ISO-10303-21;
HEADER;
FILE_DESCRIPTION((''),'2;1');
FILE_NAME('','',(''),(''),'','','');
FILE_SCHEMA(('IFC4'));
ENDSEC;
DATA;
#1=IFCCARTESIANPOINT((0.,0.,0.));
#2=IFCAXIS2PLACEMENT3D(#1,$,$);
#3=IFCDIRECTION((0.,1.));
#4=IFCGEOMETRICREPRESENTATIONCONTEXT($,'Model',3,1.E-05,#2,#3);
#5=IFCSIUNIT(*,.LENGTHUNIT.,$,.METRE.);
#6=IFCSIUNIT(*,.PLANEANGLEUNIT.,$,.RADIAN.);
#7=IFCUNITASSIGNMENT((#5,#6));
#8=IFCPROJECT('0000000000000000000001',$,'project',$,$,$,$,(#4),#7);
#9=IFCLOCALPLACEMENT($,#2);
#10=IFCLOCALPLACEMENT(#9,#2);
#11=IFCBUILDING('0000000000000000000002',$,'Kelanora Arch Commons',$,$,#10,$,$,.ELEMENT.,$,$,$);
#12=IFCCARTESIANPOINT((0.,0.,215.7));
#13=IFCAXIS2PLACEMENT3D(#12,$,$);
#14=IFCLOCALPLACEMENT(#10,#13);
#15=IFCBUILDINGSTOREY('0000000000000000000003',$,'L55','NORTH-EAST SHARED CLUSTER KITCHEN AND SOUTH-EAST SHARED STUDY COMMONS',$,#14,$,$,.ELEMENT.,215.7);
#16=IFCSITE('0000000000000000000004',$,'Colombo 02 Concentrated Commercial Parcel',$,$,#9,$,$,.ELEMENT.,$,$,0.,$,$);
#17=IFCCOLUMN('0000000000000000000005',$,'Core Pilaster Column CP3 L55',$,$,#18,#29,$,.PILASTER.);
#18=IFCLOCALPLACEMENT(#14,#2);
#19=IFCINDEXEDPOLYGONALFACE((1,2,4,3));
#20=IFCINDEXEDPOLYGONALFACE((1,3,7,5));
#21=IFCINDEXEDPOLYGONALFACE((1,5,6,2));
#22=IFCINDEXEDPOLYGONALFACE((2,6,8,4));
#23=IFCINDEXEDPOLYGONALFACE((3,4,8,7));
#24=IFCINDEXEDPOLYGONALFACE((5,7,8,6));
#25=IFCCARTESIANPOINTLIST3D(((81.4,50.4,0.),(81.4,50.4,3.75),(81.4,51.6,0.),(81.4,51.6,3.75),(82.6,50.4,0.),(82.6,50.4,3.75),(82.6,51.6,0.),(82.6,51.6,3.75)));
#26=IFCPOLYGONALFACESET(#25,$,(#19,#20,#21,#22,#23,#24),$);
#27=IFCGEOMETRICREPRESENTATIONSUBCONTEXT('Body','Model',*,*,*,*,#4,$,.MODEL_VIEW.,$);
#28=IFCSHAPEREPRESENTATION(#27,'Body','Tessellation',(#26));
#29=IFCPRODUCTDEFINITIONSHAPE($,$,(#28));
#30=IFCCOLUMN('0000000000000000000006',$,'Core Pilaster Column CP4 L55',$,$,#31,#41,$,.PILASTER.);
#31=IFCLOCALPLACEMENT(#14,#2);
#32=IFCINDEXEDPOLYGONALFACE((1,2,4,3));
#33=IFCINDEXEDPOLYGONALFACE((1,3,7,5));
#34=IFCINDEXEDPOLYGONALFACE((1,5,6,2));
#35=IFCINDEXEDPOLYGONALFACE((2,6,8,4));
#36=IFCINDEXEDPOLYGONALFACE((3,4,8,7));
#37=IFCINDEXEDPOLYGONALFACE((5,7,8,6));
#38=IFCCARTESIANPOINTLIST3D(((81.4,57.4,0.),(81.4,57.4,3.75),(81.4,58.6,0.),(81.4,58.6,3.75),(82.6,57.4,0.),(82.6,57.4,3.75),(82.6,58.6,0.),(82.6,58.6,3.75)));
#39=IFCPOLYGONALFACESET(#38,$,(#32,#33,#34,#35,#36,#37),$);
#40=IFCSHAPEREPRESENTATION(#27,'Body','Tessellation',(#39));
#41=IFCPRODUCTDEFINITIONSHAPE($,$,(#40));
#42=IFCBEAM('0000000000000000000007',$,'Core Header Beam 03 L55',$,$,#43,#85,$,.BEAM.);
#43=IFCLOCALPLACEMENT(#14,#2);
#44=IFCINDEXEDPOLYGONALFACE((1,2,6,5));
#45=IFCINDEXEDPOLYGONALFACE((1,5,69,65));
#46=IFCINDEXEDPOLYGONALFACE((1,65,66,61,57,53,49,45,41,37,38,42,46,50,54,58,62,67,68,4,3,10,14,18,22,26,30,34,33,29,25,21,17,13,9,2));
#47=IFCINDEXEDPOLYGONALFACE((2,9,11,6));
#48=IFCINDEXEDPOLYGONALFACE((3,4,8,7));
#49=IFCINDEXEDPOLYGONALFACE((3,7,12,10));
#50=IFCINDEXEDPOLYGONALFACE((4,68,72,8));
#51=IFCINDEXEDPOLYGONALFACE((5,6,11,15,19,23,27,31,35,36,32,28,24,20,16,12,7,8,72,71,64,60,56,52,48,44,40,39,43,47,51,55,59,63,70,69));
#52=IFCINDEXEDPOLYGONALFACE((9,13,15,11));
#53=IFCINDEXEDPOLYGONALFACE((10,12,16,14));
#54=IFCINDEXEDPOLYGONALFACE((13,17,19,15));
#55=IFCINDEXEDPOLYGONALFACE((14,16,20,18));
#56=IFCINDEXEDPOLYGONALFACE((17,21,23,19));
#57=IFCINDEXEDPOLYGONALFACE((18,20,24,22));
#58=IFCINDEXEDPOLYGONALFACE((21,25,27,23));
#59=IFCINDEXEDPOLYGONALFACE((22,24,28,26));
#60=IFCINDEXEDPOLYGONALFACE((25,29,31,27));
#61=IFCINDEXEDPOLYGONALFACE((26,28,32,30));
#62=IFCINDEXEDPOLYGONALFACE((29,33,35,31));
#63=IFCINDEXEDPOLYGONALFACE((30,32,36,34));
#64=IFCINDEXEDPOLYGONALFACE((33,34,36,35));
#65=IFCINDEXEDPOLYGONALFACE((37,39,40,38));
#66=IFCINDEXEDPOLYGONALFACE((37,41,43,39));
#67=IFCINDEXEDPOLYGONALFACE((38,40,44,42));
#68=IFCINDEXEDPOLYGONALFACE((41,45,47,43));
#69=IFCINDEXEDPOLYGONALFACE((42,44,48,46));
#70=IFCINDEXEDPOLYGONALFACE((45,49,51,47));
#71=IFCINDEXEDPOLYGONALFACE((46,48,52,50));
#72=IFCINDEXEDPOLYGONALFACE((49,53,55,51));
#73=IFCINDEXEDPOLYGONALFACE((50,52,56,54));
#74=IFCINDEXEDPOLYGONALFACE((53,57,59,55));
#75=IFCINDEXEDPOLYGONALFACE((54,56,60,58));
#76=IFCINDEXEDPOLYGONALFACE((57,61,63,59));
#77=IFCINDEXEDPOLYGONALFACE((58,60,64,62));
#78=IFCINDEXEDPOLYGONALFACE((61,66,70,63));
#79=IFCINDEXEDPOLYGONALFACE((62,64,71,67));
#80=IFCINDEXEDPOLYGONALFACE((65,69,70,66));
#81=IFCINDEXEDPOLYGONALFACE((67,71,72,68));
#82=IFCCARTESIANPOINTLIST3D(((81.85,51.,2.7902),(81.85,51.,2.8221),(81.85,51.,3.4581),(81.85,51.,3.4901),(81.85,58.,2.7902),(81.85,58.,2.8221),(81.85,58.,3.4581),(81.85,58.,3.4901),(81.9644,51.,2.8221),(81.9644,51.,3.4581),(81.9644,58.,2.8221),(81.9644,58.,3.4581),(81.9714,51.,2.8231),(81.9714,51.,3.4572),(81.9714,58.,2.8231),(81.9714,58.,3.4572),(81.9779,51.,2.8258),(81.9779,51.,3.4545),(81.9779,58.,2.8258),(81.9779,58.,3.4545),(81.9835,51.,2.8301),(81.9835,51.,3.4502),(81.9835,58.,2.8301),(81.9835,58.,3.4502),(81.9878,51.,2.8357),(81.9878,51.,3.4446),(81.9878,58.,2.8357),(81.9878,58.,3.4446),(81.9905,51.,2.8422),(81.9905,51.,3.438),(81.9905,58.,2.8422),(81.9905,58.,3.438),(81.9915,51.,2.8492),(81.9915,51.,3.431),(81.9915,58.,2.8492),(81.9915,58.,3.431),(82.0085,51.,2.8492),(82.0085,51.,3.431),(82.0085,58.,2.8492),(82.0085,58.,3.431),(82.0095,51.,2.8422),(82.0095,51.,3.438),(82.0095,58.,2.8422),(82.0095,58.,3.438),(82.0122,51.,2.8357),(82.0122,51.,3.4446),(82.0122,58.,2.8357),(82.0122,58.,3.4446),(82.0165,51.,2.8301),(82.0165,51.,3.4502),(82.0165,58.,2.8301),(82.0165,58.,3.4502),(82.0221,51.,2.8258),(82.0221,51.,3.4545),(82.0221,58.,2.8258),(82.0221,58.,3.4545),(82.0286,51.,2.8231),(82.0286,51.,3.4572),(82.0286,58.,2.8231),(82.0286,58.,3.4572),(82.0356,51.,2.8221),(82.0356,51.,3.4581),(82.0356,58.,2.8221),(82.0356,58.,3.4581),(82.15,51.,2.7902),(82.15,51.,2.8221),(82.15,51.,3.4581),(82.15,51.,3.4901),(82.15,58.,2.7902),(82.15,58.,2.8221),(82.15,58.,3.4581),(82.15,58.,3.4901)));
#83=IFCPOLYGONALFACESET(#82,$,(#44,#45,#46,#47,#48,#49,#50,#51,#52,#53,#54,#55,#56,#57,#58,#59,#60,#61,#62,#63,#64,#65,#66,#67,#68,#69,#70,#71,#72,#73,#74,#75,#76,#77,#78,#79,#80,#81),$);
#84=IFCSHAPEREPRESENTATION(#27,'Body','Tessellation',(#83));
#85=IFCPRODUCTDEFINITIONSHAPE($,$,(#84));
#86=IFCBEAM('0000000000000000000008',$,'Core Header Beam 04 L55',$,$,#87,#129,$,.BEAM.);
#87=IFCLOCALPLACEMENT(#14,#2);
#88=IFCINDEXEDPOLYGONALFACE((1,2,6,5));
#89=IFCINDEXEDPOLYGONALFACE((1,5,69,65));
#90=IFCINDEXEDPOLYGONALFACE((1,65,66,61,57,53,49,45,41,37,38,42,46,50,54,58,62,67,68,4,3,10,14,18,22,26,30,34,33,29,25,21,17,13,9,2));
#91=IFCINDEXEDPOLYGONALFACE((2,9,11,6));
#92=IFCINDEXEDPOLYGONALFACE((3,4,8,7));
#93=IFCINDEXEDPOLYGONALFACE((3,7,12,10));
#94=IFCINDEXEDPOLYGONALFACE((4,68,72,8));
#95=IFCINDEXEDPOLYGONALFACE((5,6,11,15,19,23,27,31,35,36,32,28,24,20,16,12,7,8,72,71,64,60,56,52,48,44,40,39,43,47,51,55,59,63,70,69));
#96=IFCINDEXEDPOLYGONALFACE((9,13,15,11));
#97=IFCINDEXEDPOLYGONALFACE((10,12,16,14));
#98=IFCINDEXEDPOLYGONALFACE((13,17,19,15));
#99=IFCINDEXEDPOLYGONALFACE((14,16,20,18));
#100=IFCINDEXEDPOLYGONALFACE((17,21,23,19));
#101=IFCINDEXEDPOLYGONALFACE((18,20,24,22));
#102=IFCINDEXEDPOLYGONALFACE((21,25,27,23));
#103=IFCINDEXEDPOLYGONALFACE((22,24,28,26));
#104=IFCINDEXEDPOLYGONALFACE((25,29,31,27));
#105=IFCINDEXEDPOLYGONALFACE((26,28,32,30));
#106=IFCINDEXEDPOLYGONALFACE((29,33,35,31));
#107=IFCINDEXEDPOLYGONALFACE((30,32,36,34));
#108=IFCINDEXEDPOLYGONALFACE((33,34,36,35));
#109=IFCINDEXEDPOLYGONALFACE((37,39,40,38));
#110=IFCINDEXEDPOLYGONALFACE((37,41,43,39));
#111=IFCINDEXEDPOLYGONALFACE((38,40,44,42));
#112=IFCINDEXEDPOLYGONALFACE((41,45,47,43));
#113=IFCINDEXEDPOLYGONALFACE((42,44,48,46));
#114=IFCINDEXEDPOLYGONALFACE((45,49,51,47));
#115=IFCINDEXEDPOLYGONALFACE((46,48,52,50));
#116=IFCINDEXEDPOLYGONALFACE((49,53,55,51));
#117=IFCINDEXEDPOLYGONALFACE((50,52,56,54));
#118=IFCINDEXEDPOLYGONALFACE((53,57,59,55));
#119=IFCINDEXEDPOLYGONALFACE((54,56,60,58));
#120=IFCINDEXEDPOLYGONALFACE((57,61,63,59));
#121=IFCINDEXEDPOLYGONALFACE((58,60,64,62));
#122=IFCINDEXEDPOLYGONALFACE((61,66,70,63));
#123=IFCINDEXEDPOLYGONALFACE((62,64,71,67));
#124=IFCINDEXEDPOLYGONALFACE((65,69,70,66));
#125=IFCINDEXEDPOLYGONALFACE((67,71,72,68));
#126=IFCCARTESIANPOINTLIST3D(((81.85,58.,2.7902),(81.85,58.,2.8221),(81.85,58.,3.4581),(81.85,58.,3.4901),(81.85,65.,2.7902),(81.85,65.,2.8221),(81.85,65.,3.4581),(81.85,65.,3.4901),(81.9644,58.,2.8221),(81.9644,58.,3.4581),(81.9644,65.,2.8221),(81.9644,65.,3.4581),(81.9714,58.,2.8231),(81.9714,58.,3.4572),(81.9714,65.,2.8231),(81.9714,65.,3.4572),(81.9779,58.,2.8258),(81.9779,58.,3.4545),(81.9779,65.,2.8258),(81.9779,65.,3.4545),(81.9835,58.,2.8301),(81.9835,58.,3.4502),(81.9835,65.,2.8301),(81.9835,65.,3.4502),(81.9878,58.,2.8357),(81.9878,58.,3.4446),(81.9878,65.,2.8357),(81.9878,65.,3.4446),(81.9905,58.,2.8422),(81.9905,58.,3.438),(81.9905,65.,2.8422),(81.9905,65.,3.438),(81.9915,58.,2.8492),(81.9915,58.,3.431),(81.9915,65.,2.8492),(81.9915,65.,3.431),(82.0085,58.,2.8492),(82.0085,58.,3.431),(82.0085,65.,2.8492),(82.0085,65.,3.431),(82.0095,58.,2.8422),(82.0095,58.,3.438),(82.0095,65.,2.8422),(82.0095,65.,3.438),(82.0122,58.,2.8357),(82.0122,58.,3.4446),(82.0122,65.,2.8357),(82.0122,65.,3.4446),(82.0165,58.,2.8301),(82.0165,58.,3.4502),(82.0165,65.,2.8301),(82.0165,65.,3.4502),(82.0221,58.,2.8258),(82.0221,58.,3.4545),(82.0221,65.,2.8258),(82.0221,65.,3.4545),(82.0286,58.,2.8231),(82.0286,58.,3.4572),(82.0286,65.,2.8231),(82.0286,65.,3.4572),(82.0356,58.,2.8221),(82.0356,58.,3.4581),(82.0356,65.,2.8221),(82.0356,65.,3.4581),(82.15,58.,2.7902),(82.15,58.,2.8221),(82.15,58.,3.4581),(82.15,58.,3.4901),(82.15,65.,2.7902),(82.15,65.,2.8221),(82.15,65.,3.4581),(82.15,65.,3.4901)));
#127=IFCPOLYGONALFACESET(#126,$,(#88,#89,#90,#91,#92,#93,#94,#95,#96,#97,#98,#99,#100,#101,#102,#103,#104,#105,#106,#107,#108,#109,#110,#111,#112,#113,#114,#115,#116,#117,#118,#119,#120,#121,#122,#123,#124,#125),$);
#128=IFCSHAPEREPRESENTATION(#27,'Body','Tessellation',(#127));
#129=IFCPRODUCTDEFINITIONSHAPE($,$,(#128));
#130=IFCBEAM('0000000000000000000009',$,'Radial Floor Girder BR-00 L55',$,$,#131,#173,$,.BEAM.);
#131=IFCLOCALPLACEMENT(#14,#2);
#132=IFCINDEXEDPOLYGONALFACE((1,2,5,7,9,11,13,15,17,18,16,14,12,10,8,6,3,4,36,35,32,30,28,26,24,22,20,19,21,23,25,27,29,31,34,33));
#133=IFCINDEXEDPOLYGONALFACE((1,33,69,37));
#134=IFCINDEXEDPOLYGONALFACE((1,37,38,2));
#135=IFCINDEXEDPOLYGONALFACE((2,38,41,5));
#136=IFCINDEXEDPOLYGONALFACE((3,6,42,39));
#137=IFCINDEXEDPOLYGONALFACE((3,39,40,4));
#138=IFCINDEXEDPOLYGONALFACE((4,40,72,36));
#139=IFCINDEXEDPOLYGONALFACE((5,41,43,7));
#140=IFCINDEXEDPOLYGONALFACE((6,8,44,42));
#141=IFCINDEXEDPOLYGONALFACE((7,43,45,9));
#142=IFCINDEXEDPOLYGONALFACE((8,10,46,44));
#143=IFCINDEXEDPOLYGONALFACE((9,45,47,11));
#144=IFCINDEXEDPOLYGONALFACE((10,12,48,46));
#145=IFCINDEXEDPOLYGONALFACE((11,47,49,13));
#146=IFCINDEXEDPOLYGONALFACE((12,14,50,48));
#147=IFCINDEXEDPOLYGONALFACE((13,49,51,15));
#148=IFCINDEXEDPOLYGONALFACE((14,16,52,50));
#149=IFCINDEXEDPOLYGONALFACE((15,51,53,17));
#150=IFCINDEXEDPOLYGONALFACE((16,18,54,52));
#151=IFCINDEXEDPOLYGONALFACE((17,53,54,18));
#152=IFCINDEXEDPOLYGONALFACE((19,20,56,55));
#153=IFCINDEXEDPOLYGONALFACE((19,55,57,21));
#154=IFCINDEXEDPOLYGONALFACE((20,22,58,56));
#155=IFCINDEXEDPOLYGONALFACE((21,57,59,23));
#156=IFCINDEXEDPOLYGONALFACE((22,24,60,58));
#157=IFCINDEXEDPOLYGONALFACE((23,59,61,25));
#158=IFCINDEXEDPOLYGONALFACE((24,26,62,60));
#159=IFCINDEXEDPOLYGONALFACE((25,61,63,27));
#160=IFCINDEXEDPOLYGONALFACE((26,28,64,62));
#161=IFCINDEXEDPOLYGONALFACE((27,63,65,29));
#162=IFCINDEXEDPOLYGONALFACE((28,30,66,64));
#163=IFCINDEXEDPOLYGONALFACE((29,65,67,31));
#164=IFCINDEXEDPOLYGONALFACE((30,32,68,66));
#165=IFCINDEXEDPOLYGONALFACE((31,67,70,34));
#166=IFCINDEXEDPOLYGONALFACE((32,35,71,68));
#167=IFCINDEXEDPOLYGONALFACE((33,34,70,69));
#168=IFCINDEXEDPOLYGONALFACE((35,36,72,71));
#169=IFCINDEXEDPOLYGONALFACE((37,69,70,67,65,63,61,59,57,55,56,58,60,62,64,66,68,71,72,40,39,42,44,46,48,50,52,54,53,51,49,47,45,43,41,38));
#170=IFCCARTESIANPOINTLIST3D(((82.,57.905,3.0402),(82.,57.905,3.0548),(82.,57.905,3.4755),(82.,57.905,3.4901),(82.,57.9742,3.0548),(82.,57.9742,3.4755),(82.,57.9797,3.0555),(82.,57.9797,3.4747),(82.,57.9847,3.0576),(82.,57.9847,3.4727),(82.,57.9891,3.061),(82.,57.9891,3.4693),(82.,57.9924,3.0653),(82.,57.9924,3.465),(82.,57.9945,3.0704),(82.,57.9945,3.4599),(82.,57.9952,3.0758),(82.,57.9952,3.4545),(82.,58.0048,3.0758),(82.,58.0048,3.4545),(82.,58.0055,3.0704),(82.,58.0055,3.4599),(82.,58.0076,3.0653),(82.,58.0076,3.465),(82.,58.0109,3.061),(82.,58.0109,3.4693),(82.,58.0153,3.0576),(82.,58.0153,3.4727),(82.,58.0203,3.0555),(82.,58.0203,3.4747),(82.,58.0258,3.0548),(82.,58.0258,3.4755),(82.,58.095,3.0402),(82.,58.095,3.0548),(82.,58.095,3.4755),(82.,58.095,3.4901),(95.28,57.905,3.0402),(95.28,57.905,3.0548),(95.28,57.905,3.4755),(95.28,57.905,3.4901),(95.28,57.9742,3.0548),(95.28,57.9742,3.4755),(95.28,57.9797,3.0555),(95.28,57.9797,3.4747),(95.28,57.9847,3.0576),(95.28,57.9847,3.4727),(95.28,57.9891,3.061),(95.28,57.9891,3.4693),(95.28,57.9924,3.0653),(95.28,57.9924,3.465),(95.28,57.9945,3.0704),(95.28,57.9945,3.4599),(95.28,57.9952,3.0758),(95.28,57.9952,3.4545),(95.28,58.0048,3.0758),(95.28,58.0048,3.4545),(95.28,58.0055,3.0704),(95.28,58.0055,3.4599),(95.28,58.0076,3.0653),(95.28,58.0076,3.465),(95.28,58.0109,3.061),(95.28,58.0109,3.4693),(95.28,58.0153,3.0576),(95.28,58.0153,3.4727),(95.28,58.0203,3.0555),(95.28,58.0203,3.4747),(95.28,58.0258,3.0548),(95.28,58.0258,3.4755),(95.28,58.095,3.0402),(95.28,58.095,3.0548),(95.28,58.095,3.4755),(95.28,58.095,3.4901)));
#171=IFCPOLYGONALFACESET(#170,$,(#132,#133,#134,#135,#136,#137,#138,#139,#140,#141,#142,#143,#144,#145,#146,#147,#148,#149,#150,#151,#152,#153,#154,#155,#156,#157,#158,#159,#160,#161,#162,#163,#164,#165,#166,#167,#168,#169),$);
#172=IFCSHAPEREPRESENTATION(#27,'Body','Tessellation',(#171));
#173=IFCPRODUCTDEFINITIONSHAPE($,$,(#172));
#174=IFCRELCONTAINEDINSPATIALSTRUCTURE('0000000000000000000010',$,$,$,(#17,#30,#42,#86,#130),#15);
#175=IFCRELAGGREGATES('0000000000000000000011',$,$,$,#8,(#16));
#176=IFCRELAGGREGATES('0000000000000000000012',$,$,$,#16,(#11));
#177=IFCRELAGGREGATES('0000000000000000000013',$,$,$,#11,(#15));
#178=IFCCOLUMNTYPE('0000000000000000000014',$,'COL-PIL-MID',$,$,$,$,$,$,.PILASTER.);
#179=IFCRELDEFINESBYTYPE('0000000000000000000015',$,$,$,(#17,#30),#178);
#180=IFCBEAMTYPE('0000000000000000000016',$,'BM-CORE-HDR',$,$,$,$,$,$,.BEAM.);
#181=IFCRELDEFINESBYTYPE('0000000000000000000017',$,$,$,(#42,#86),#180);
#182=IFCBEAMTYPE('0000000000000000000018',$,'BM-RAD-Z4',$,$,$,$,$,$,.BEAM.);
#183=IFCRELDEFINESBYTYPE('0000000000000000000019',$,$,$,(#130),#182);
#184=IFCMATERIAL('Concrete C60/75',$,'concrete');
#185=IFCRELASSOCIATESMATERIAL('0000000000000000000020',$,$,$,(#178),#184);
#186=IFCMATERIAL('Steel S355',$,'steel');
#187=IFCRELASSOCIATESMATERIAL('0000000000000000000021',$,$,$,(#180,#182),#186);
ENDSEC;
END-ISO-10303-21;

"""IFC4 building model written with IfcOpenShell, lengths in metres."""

from ifc_helpers import new_model, si_unit, direction, frame, origin, origin_2d, place, context, subcontext, project, spatial, rectangle, i_section, extrude, material, material_profile, profile_set, type_object, element, save


model = new_model("IFC4")

# Units and contexts
model_context = context("Model", 3, precision=1e-05, world=origin(), true_north=direction((0.0, 1.0)))
body_context = subcontext(model_context, "Body", "Model", "MODEL_VIEW")
ifc_project = project(units=[si_unit("LENGTHUNIT", "METRE"), si_unit("PLANEANGLEUNIT", "RADIAN")], contexts=[model_context])

# Site, building, storey
site_placement = place(None, origin())
site = spatial("IfcSite", under=ifc_project, at=site_placement, Name="Colombo 02 Concentrated Commercial Parcel", CompositionType="ELEMENT", RefElevation=0.0)
building_placement = place(site_placement, origin())
building = spatial("IfcBuilding", under=site, at=building_placement, Name="Kelanora Arch Commons", CompositionType="ELEMENT")
storey_placement = place(building_placement, frame((0.0, 0.0, 215.7)))
storey = spatial("IfcBuildingStorey", under=building, at=storey_placement, Name="L55", Description="NORTH-EAST SHARED CLUSTER KITCHEN AND SOUTH-EAST SHARED STUDY COMMONS", CompositionType="ELEMENT", Elevation=215.7)

# Columns
ifc_material_1 = material(Name="Concrete C60/75", Category="concrete")
ifc_material_profile_1 = material_profile(ifc_material_1, rectangle(XDim=1.2, YDim=1.2, at=origin_2d()), Name="RC1200x1200")
ifc_profile_set_1 = profile_set([ifc_material_profile_1], Name="Concrete C60/75")
column_type = type_object("IfcColumnType", Name="COL-PIL-MID", PredefinedType="PILASTER", material=ifc_profile_set_1)
for number, where, z_axis, x_axis, name in (
    (1, (82.0, 51.0, 0.0), (0.0, 0.0, 1.0), (1.0, 0.0, 0.0), "Core Pilaster Column CP3 L55"),
    (2, (82.0, 58.0, 0.0), (0.0, 0.0, 1.0), (1.0, 0.0, 0.0), "Core Pilaster Column CP4 L55"),
):
    element("IfcColumn", number, at=place(storey_placement, frame(where, z_axis=z_axis, x_axis=x_axis)), inside=storey, type_object=column_type, Name=name, PredefinedType="PILASTER", context=body_context, shape_type="SweptSolid", body=[
        extrude(rectangle(XDim=1.2, YDim=1.2, at=origin_2d()), origin(), (0.0, 0.0, 1.0), 3.75),
    ])

# Beams
ifc_material_2 = material(Name="Steel S355", Category="steel")
ifc_material_profile_2 = material_profile(ifc_material_2, i_section(OverallWidth=0.3, OverallDepth=0.7, WebThickness=0.0171, FlangeThickness=0.032, FilletRadius=0.0271, at=origin_2d()), Name="HEB700")
ifc_profile_set_2 = profile_set([ifc_material_profile_2], Name="Steel S355")
beam_type_1 = type_object("IfcBeamType", Name="BM-CORE-HDR", PredefinedType="BEAM", material=ifc_profile_set_2)
for number, where, z_axis, x_axis, name in (
    (3, (82.0, 51.0, 3.1401), (0.0, 1.0, 0.0), (-1.0, 0.0, 0.0), "Core Header Beam 03 L55"),
    (4, (82.0, 58.0, 3.1401), (0.0, 1.0, 0.0), (-1.0, 0.0, 0.0), "Core Header Beam 04 L55"),
):
    element("IfcBeam", number, at=place(storey_placement, frame(where, z_axis=z_axis, x_axis=x_axis)), inside=storey, type_object=beam_type_1, Name=name, PredefinedType="BEAM", context=body_context, shape_type="SweptSolid", body=[
        extrude(i_section(OverallWidth=0.3, OverallDepth=0.7, WebThickness=0.0171, FlangeThickness=0.032, FilletRadius=0.0271, at=origin_2d()), origin(), (0.0, 0.0, 1.0), 7.0),
    ])
ifc_material_profile_3 = material_profile(ifc_material_2, i_section(OverallWidth=0.1899, OverallDepth=0.45, WebThickness=0.0095, FlangeThickness=0.0146, FilletRadius=0.021, at=origin_2d()), Name="IPE450")
ifc_profile_set_3 = profile_set([ifc_material_profile_3], Name="Steel S355")
beam_type_2 = type_object("IfcBeamType", Name="BM-RAD-Z4", PredefinedType="BEAM", material=ifc_profile_set_3)
beam_1_placement = place(storey_placement, frame((82.0, 58.0, 3.2651), z_axis=(1.0, 0.0, 0.0), x_axis=(0.0, 1.0, 0.0)))
element("IfcBeam", 5, at=beam_1_placement, inside=storey, type_object=beam_type_2, Name="Radial Floor Girder BR-00 L55", PredefinedType="BEAM", context=body_context, shape_type="SweptSolid", body=[
    extrude(i_section(OverallWidth=0.1899, OverallDepth=0.45, WebThickness=0.0095, FlangeThickness=0.0146, FilletRadius=0.021, at=origin_2d()), origin(), (0.0, 0.0, 1.0), 13.28),
])

save(model, "model.ifc")
